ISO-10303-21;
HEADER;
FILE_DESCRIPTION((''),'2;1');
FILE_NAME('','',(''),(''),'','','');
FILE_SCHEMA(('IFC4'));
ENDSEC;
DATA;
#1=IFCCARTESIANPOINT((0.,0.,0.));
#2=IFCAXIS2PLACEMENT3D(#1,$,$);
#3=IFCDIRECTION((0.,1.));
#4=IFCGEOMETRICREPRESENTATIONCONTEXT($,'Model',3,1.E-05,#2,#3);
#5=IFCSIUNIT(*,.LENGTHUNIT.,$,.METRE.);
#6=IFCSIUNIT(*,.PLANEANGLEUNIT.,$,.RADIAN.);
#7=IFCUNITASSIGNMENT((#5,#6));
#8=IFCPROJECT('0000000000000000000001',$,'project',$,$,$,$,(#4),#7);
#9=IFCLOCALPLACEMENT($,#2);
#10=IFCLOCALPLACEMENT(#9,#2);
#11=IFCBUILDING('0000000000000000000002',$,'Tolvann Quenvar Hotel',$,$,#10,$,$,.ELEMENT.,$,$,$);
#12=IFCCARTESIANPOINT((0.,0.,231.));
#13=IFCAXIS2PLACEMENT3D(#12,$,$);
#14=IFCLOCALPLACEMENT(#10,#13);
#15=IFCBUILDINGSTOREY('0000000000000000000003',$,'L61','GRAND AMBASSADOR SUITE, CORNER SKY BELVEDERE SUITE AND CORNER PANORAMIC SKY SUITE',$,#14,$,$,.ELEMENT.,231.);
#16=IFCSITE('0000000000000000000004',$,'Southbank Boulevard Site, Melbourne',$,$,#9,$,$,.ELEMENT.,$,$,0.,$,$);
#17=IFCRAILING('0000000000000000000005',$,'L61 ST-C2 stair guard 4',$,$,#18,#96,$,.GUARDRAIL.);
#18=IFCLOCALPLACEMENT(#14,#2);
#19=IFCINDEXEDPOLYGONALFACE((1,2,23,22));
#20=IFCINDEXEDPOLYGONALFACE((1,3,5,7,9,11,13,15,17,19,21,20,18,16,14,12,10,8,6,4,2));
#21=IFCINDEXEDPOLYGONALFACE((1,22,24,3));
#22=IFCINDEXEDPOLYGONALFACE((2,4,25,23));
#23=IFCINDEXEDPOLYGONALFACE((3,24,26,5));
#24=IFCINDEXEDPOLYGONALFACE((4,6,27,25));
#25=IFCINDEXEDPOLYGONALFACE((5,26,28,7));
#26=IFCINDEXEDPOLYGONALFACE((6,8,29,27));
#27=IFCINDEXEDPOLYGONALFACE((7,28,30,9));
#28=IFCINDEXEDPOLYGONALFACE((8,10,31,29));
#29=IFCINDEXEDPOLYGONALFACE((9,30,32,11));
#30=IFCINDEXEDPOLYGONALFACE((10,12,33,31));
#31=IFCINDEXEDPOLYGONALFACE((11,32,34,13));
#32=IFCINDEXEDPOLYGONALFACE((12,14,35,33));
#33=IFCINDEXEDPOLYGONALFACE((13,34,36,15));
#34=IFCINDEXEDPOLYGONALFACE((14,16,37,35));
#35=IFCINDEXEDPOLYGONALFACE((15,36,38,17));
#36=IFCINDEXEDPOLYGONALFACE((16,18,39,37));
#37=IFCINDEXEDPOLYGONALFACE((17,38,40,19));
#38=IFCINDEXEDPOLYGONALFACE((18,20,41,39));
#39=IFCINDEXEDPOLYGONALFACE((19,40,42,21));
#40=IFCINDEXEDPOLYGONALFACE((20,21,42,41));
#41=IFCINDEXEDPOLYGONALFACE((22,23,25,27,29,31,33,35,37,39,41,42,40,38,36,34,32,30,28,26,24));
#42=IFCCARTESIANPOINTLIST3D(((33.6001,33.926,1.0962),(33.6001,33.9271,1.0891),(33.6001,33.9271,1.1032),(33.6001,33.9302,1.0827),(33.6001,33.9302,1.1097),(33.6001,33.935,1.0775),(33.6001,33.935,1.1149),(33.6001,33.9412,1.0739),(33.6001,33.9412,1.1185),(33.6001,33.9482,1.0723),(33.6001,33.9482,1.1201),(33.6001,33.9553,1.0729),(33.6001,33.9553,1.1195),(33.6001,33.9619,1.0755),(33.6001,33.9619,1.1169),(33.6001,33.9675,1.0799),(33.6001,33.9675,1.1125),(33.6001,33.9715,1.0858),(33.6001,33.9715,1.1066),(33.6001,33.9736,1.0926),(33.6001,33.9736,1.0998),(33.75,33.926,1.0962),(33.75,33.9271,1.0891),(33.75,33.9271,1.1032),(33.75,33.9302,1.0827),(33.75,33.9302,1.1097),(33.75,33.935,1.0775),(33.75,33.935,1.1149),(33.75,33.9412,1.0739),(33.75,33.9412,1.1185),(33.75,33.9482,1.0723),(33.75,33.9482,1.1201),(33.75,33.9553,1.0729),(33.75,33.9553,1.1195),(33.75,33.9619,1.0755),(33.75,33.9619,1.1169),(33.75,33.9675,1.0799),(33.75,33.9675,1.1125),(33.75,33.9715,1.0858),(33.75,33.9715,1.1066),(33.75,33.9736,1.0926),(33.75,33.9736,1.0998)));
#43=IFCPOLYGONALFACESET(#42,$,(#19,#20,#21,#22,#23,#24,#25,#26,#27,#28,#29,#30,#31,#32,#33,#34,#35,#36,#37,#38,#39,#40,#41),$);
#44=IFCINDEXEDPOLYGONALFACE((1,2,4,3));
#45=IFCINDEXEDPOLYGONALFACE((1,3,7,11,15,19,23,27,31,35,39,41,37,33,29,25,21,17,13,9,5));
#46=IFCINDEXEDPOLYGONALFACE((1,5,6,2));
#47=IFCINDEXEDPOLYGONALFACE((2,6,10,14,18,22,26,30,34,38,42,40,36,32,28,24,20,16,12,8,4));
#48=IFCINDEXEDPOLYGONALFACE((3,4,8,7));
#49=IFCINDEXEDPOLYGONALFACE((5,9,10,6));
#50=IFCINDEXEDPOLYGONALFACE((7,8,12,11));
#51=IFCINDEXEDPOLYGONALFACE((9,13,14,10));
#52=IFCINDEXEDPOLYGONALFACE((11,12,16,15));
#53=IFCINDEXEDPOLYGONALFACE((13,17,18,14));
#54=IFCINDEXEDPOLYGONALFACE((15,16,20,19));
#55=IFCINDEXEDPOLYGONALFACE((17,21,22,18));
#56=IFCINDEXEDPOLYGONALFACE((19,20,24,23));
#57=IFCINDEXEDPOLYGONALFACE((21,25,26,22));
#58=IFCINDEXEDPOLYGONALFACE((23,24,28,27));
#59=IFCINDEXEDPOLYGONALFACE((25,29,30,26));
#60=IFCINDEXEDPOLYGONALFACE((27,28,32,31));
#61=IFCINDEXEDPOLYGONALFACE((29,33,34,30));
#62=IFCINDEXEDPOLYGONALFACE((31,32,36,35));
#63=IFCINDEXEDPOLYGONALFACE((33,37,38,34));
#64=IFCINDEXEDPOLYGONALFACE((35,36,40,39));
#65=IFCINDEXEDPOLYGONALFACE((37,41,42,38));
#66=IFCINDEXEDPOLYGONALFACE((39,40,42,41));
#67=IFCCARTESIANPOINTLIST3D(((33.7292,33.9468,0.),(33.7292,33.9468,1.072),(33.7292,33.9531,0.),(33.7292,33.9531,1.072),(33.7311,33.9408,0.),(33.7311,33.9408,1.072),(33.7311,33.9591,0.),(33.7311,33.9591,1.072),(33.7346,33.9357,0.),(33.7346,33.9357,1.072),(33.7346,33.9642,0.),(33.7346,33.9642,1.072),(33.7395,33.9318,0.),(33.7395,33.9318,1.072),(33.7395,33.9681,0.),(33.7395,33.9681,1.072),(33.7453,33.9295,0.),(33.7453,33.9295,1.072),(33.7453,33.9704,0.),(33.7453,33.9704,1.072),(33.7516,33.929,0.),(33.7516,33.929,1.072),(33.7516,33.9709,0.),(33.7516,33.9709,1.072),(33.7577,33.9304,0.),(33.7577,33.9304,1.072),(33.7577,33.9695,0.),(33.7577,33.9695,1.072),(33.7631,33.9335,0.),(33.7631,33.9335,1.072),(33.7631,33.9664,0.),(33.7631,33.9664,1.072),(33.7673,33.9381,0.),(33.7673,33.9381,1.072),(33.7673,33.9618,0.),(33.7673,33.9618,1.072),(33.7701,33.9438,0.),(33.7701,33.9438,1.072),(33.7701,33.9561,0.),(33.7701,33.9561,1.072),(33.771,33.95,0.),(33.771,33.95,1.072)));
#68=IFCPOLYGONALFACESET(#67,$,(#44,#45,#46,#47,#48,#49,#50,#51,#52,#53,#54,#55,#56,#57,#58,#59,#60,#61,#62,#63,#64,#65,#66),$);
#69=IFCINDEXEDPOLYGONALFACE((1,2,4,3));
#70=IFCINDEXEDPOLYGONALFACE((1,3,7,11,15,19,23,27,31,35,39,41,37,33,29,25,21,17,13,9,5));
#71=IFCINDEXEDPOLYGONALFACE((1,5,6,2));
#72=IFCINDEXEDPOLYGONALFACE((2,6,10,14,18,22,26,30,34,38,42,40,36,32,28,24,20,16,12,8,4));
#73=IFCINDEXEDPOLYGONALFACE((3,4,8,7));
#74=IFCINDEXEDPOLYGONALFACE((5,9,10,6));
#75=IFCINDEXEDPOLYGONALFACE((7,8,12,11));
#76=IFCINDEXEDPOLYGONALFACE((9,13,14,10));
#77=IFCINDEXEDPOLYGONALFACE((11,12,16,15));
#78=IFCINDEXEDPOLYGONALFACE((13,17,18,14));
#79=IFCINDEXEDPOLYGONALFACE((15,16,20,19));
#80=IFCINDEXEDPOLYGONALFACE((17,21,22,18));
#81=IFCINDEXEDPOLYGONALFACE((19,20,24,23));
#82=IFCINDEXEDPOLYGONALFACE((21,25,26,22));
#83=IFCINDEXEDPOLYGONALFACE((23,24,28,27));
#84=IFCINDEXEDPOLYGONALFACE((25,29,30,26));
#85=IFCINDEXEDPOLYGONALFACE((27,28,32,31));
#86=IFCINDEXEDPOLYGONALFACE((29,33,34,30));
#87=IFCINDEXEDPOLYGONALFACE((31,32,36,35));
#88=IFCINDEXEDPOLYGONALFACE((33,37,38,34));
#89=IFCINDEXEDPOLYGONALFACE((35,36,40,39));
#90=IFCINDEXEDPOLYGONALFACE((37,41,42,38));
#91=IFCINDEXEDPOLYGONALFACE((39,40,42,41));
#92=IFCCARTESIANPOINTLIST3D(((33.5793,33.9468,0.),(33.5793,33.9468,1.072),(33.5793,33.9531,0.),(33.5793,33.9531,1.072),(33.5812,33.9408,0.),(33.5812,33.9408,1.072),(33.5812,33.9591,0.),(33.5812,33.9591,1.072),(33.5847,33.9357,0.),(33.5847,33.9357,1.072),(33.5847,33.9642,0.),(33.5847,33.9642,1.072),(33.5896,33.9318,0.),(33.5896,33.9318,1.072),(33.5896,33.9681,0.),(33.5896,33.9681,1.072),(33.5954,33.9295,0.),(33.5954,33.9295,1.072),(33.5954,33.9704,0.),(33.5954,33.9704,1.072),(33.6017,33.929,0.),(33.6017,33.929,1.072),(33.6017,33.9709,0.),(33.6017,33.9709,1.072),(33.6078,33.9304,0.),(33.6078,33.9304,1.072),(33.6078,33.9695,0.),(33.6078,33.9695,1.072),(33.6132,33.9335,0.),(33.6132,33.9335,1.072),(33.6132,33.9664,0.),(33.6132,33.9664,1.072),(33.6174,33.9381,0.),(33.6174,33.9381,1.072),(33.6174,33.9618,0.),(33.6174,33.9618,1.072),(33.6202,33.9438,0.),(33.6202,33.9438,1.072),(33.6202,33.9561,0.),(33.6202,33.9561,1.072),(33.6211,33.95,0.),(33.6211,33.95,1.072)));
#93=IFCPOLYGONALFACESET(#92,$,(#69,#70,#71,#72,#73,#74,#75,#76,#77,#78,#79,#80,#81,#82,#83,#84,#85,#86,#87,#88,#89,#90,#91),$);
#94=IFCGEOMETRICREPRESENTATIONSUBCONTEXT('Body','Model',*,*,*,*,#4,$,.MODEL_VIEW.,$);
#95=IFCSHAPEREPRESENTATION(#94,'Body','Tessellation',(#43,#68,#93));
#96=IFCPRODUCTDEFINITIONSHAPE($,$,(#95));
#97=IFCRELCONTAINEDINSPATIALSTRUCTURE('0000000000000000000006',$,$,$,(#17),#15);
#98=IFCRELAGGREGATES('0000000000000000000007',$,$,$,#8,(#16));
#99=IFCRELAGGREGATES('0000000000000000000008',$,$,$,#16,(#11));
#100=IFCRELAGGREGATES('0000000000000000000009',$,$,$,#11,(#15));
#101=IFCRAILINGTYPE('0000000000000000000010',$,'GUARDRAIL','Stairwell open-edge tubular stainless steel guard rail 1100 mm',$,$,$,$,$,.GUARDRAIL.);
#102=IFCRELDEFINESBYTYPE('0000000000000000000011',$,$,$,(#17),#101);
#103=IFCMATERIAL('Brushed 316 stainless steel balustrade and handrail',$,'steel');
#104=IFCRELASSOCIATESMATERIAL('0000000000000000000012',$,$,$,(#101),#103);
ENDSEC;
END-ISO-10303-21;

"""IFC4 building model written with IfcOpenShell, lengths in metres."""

from ifc_helpers import new_model, si_unit, direction, frame, origin, origin_2d, place, context, subcontext, project, spatial, circle, extrude, material, type_object, element, save


model = new_model("IFC4")

# Units and contexts
model_context = context("Model", 3, precision=1e-05, world=origin(), true_north=direction((0.0, 1.0)))
body_context = subcontext(model_context, "Body", "Model", "MODEL_VIEW")
ifc_project = project(units=[si_unit("LENGTHUNIT", "METRE"), si_unit("PLANEANGLEUNIT", "RADIAN")], contexts=[model_context])

# Site, building, storey
site_placement = place(None, origin())
site = spatial("IfcSite", under=ifc_project, at=site_placement, Name="Southbank Boulevard Site, Melbourne", CompositionType="ELEMENT", RefElevation=0.0)
building_placement = place(site_placement, origin())
building = spatial("IfcBuilding", under=site, at=building_placement, Name="Tolvann Quenvar Hotel", CompositionType="ELEMENT")
storey_placement = place(building_placement, frame((0.0, 0.0, 231.0)))
storey = spatial("IfcBuildingStorey", under=building, at=storey_placement, Name="L61", Description="GRAND AMBASSADOR SUITE, CORNER SKY BELVEDERE SUITE AND CORNER PANORAMIC SKY SUITE", CompositionType="ELEMENT", Elevation=231.0)

# Railing
ifc_material_1 = material(Name="Brushed 316 stainless steel balustrade and handrail", Category="steel")
railing_type_1 = type_object("IfcRailingType", Name="GUARDRAIL", Description="Stairwell open-edge tubular stainless steel guard rail 1100 mm", PredefinedType="GUARDRAIL", material=ifc_material_1)
railing_1_placement = place(storey_placement, frame((33.75, 33.95, 0.0)))
element("IfcRailing", 1, at=railing_1_placement, inside=storey, type_object=railing_type_1, Name="L61 ST-C2 stair guard 4", PredefinedType="GUARDRAIL", context=body_context, shape_type="SweptSolid", body=[
    extrude(circle(Radius=0.0239, at=origin_2d()), frame((0.0, 0.0, 1.0962), z_axis=(-1.0, 0.0, 0.0), x_axis=(0.0, -1.0, 0.0)), (0.0, 0.0, 1.0), 0.1499),
    extrude(circle(Radius=0.021, at=origin_2d()), origin(), (0.0, 0.0, 1.0), 1.072),
    extrude(circle(Radius=0.021, at=origin_2d()), frame((-0.1499, 0.0, 0.0)), (0.0, 0.0, 1.0), 1.072),
])

save(model, "model.ifc")
